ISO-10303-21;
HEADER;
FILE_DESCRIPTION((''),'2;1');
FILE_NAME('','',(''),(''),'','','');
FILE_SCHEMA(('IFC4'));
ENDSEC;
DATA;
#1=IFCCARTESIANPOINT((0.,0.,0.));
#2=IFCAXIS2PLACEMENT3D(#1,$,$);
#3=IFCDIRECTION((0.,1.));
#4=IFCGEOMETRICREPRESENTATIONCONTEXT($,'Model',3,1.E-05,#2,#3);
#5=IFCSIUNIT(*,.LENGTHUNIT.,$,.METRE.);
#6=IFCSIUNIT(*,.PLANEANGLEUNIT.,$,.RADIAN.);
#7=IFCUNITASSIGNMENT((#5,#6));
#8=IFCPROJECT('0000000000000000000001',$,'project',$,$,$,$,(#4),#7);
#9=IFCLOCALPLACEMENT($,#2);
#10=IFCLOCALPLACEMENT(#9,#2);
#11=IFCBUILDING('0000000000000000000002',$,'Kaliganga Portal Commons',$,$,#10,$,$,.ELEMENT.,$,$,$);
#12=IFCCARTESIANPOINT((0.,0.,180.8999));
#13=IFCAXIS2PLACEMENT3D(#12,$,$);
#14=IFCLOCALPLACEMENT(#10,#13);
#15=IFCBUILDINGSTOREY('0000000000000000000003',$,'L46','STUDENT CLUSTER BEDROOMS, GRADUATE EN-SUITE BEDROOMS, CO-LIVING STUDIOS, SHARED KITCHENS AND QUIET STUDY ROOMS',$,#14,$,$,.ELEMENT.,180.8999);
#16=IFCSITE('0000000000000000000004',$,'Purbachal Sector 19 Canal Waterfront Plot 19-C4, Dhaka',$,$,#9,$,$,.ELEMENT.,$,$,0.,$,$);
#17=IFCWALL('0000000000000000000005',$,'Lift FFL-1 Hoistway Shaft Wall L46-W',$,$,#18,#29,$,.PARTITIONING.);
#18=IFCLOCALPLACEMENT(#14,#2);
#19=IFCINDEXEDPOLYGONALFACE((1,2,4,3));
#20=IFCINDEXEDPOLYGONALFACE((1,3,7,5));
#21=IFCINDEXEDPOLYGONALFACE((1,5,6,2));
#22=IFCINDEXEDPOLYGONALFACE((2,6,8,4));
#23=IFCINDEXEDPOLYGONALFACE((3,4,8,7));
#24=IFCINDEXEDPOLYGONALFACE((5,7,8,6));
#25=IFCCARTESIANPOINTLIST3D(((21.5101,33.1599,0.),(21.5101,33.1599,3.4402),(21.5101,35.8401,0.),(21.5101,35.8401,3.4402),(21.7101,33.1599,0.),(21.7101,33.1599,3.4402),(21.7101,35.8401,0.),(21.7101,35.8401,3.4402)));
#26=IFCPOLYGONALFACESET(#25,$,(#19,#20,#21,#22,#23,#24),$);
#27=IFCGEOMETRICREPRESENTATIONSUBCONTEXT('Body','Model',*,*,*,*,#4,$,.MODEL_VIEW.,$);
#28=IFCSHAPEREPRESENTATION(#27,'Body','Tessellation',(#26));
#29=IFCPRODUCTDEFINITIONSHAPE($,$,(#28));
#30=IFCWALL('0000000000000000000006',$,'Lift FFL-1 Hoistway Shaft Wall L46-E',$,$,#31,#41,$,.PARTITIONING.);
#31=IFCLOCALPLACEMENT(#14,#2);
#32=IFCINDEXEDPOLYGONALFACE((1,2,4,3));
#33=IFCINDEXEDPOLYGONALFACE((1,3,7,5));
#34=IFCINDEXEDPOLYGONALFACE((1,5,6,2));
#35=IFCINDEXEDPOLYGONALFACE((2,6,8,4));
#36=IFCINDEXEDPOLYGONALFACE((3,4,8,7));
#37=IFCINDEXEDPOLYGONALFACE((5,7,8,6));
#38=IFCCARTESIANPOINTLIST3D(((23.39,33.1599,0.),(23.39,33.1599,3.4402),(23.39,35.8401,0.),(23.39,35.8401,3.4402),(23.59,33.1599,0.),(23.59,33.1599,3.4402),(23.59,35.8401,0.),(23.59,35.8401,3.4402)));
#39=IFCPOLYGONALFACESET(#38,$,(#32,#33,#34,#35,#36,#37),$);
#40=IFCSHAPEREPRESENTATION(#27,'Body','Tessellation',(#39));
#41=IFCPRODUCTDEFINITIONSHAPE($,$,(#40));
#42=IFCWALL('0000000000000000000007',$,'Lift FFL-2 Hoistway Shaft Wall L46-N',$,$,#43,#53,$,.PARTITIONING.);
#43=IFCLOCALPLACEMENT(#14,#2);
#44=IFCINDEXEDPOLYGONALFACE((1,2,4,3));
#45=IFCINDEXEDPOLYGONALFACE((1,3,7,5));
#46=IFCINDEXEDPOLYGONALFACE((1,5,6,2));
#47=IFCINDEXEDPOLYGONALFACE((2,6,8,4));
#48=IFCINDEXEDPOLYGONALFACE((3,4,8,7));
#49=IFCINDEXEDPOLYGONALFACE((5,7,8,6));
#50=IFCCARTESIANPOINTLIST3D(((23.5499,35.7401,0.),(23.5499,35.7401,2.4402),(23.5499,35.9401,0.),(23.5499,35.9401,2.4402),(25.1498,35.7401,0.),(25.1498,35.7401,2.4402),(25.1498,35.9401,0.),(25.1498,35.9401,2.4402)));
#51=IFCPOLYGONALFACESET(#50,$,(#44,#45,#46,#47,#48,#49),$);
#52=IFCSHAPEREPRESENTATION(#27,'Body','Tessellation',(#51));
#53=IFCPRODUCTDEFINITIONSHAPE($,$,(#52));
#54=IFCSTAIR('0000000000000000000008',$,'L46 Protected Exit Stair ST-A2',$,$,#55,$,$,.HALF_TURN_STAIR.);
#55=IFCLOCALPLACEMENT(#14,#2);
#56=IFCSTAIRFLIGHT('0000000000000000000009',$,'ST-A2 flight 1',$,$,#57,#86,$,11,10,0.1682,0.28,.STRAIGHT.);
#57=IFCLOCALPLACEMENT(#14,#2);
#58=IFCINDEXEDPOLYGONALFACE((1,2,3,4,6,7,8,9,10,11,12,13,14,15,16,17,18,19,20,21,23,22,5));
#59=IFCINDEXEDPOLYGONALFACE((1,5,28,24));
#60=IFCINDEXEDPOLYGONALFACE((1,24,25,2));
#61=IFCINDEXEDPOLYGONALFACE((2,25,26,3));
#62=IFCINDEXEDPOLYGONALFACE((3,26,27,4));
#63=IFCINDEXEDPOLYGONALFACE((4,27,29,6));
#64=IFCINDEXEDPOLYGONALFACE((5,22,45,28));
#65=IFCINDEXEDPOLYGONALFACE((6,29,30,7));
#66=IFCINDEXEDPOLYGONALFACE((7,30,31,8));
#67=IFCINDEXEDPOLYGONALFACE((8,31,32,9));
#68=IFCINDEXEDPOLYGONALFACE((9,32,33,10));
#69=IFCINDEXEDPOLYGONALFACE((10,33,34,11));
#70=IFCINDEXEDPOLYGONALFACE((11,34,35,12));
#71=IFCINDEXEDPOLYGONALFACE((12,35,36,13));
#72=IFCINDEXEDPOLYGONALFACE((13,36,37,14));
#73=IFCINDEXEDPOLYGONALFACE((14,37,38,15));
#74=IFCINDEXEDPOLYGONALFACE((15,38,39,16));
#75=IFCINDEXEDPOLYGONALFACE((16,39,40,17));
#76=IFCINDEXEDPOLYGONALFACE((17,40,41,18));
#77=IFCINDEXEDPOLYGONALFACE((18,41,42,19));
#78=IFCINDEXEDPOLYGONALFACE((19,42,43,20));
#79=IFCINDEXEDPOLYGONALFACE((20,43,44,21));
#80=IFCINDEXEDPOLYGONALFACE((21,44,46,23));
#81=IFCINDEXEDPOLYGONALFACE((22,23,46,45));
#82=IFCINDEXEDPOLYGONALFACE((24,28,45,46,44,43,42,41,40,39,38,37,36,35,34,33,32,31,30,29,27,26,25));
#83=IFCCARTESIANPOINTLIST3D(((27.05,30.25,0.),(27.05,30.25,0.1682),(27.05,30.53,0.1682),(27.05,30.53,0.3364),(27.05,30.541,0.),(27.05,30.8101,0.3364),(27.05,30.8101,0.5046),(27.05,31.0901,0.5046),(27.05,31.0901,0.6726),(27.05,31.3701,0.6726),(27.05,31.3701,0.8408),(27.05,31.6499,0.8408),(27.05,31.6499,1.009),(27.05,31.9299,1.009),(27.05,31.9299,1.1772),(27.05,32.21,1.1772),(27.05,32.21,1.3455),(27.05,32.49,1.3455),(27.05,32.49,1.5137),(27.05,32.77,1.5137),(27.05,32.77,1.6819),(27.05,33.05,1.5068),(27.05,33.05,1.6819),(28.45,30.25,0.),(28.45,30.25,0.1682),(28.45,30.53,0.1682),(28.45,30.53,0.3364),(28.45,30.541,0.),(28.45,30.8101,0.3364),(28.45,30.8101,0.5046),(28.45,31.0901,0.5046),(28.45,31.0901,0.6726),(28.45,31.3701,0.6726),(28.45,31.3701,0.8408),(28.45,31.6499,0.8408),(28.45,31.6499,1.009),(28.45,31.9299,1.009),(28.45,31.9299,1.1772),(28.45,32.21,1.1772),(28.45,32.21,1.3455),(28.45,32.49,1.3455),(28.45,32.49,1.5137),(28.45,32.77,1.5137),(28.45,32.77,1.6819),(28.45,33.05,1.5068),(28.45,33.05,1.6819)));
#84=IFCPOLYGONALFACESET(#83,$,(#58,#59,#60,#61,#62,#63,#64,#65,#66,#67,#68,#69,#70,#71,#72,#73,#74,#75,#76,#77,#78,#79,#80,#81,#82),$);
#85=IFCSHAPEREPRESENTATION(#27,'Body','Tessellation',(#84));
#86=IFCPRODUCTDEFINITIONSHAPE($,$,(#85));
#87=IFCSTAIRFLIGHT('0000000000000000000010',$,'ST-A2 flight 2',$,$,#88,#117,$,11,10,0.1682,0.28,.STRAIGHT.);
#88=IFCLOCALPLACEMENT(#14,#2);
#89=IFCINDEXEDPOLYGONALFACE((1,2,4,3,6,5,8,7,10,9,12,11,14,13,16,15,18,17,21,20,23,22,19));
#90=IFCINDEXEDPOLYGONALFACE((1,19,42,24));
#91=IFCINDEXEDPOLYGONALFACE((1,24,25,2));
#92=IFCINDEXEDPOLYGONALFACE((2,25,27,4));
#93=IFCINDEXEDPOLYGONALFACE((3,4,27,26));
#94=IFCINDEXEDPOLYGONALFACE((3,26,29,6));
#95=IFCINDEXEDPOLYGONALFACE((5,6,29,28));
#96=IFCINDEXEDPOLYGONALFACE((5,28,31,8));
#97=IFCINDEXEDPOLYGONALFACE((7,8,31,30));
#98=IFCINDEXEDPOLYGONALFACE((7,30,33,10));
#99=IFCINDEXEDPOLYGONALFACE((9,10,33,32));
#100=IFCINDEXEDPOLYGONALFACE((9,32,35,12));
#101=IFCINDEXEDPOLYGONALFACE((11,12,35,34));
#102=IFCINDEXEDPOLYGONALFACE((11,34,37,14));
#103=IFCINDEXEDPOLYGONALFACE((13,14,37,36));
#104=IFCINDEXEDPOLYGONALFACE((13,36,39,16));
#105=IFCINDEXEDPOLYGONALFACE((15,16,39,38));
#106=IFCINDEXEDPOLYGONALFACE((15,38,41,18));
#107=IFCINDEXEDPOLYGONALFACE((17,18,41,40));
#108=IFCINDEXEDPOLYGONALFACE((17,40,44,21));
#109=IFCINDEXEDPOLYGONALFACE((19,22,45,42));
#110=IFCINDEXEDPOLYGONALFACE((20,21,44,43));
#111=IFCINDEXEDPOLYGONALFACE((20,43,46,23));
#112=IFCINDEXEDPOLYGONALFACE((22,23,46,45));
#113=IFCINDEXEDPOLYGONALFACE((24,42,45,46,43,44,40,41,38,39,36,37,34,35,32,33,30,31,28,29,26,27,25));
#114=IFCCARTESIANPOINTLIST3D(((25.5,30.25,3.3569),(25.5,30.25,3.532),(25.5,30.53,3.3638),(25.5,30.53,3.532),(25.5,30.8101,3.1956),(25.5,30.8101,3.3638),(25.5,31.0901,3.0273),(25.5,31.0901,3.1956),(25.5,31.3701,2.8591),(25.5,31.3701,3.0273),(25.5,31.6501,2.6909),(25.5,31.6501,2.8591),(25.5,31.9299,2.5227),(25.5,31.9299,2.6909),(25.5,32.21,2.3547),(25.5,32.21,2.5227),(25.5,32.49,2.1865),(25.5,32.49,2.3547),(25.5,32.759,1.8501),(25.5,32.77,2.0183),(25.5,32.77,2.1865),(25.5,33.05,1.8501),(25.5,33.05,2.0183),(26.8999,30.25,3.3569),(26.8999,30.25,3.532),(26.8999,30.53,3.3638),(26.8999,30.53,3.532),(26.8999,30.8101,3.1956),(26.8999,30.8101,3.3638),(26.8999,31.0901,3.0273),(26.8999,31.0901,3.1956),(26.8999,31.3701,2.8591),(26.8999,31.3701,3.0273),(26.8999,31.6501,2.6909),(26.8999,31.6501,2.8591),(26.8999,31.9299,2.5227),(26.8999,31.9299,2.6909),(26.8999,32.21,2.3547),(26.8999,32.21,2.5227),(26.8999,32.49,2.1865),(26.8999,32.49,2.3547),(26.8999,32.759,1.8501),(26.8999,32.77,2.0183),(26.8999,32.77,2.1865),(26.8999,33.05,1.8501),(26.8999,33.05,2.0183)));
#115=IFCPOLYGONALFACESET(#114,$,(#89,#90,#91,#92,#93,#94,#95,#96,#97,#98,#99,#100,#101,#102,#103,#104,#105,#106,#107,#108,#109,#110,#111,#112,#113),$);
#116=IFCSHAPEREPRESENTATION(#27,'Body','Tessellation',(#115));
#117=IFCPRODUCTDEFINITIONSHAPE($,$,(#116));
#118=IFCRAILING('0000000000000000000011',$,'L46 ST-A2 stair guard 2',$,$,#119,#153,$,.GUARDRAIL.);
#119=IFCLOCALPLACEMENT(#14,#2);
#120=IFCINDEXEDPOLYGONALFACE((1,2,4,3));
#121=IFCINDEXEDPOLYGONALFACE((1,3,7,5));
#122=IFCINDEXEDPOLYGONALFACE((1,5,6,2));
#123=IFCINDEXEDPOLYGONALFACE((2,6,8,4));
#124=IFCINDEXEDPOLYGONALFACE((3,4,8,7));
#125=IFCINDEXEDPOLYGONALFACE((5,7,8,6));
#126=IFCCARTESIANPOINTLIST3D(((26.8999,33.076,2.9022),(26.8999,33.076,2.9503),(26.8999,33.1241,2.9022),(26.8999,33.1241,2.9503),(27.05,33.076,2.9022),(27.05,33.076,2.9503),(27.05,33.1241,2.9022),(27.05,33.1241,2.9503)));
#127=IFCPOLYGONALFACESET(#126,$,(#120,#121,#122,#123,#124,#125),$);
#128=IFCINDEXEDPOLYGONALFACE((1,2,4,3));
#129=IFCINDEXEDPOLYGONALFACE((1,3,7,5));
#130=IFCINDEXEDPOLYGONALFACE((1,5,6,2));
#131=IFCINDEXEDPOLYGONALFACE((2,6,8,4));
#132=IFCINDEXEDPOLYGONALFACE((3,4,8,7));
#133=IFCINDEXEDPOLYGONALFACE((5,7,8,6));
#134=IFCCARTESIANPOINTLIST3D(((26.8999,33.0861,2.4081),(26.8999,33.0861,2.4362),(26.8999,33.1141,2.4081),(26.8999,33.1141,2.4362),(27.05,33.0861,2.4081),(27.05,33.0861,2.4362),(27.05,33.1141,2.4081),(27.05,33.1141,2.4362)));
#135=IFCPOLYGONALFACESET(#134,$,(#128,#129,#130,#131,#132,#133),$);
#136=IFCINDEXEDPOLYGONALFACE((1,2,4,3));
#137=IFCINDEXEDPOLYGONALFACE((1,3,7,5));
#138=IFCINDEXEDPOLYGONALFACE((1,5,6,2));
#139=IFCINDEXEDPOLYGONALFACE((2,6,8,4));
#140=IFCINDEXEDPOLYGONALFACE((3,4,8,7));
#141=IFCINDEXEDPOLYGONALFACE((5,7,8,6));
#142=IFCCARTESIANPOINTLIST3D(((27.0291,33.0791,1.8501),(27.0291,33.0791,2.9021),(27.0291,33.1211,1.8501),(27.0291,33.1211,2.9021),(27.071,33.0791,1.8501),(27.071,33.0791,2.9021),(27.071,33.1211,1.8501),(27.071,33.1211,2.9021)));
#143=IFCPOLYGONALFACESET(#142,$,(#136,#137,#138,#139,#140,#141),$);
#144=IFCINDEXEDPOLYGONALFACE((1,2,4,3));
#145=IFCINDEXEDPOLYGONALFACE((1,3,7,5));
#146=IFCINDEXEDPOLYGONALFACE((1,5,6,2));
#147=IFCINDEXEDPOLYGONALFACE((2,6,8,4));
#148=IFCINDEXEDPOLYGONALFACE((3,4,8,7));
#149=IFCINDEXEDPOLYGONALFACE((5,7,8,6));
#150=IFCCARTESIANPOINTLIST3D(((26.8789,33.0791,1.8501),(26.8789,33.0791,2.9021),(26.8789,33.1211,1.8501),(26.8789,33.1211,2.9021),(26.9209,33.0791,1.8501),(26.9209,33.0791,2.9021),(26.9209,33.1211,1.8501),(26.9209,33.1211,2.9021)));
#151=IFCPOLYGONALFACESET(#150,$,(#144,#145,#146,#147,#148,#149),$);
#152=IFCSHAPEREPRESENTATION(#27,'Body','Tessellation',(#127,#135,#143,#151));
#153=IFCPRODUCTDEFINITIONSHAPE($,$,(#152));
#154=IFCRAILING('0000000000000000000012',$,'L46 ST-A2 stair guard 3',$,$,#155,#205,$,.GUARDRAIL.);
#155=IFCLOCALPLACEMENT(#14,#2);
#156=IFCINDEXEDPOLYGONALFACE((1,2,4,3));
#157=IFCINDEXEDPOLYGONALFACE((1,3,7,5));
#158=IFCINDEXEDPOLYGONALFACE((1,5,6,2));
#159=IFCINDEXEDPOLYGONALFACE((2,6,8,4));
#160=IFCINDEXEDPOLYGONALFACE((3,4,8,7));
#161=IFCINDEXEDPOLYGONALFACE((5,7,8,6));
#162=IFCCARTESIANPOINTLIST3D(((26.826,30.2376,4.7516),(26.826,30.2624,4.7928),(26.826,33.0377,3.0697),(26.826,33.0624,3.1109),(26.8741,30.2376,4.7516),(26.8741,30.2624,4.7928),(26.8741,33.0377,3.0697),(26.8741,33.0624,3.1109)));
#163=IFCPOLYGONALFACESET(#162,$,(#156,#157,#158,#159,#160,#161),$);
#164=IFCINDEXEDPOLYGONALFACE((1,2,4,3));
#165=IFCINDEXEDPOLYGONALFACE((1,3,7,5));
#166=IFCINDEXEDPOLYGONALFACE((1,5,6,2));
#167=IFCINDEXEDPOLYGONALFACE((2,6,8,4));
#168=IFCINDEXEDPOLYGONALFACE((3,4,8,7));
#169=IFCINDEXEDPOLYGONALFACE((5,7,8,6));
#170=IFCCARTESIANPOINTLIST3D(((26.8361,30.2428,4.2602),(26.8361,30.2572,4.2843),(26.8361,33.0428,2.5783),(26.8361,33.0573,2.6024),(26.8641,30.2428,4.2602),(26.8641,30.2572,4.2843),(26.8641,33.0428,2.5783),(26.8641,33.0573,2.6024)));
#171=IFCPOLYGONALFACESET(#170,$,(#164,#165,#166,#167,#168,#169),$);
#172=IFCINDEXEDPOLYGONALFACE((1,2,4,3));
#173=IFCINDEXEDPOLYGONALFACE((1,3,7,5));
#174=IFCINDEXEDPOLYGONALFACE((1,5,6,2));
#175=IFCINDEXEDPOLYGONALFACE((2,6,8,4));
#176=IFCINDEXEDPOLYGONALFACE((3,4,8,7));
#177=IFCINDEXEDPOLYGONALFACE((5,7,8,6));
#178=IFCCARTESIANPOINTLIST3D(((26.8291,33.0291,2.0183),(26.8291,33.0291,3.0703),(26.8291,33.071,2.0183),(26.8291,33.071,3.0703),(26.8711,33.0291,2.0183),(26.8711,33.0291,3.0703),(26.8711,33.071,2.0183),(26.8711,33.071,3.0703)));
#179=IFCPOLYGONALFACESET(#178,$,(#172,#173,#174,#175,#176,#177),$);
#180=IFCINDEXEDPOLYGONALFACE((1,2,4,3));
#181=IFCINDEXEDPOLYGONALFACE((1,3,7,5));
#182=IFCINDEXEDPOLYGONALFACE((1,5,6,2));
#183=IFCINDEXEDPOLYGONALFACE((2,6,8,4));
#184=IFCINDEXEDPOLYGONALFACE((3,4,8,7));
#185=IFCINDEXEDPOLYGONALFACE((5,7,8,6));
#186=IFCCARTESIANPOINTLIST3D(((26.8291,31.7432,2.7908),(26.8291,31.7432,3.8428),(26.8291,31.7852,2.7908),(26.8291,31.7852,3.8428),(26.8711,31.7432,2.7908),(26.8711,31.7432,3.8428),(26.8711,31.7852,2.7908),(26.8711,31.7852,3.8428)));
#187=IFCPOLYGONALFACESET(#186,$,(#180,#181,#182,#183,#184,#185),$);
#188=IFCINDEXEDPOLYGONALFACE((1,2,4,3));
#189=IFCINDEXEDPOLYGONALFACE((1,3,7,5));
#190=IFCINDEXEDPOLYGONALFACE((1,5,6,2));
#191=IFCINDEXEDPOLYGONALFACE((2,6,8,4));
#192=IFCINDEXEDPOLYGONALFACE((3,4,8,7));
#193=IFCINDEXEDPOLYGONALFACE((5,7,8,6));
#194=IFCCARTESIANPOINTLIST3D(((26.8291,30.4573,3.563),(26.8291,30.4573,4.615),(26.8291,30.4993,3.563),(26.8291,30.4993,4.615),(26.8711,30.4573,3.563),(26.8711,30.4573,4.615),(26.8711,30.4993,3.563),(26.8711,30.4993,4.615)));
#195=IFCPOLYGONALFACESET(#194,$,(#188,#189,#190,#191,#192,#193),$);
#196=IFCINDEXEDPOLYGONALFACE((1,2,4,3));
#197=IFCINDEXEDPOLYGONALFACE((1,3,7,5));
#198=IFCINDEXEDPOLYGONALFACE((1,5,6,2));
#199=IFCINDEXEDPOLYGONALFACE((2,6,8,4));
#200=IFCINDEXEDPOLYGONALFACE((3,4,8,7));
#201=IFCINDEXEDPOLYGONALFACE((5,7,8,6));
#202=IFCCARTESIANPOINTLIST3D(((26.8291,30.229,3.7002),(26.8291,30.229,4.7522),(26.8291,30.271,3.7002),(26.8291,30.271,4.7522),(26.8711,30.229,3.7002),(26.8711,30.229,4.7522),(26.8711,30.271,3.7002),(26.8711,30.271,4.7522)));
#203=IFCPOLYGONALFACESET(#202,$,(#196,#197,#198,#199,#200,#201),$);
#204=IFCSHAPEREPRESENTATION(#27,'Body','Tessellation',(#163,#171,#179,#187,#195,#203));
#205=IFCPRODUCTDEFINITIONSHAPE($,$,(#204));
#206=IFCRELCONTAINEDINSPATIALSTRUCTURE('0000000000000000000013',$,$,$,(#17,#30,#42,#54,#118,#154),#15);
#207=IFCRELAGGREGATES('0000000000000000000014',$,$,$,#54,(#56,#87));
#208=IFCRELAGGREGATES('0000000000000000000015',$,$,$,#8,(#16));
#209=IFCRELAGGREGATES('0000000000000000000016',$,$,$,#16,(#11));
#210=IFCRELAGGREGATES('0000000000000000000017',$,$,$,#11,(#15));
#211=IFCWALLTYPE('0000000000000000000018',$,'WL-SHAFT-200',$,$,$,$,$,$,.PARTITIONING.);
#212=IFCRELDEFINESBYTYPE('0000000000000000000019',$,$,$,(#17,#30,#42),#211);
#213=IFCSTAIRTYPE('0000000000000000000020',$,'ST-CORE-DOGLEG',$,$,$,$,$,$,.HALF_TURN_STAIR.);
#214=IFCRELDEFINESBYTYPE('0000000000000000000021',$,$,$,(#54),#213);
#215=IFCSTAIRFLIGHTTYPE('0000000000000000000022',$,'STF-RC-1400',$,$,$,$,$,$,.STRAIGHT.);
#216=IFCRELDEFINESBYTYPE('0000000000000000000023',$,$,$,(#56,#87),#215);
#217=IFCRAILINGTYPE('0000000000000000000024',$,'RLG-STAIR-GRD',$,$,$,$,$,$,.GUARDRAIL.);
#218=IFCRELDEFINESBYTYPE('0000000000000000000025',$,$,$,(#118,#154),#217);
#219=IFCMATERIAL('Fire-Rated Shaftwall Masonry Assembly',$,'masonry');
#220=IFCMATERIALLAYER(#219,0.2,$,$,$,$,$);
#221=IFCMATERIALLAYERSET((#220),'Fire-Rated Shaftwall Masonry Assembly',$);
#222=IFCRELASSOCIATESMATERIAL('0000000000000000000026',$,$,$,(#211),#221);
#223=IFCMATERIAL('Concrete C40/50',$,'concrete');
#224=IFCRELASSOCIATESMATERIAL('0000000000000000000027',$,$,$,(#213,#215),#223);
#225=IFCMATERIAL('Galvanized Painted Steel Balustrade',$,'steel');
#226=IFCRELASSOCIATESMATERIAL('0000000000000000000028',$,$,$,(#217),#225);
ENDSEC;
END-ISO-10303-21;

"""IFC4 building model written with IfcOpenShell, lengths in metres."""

from ifc_helpers import new_model, si_unit, direction, frame, frame_2d, origin, origin_2d, place, context, subcontext, project, spatial, polyline, rectangle, outline, extrude, material, layer, layer_set, type_object, element, aggregate, save


model = new_model("IFC4")

# Units and contexts
model_context = context("Model", 3, precision=1e-05, world=origin(), true_north=direction((0.0, 1.0)))
body_context = subcontext(model_context, "Body", "Model", "MODEL_VIEW")
ifc_project = project(units=[si_unit("LENGTHUNIT", "METRE"), si_unit("PLANEANGLEUNIT", "RADIAN")], contexts=[model_context])

# Site, building, storey
site_placement = place(None, origin())
site = spatial("IfcSite", under=ifc_project, at=site_placement, Name="Purbachal Sector 19 Canal Waterfront Plot 19-C4, Dhaka", CompositionType="ELEMENT", RefElevation=0.0)
building_placement = place(site_placement, origin())
building = spatial("IfcBuilding", under=site, at=building_placement, Name="Kaliganga Portal Commons", CompositionType="ELEMENT")
storey_placement = place(building_placement, frame((0.0, 0.0, 180.8999)))
storey = spatial("IfcBuildingStorey", under=building, at=storey_placement, Name="L46", Description="STUDENT CLUSTER BEDROOMS, GRADUATE EN-SUITE BEDROOMS, CO-LIVING STUDIOS, SHARED KITCHENS AND QUIET STUDY ROOMS", CompositionType="ELEMENT", Elevation=180.8999)

# Shared definitions
ifc_material_1 = material(Name="Fire-Rated Shaftwall Masonry Assembly", Category="masonry")
ifc_layer_1 = layer(ifc_material_1, 0.2)
ifc_layer_set_1 = layer_set([ifc_layer_1], Name="Fire-Rated Shaftwall Masonry Assembly")
wall_type_1 = type_object("IfcWallType", Name="WL-SHAFT-200", PredefinedType="PARTITIONING", material=ifc_layer_set_1)

# Walls
for number, where, z_axis, x_axis, name in (
    (1, (21.6101, 33.1599, 0.0), (0.0, 0.0, 1.0), (0.0, 1.0, 0.0), "Lift FFL-1 Hoistway Shaft Wall L46-W"),
    (2, (23.49, 33.1599, 0.0), (0.0, 0.0, 1.0), (0.0, 1.0, 0.0), "Lift FFL-1 Hoistway Shaft Wall L46-E"),
):
    element("IfcWall", number, at=place(storey_placement, frame(where, z_axis=z_axis, x_axis=x_axis)), inside=storey, type_object=wall_type_1, Name=name, PredefinedType="PARTITIONING", context=body_context, shape_type="SweptSolid", body=[
        extrude(rectangle(XDim=2.6802, YDim=0.2, at=frame_2d((1.3401, 0.0))), origin(), (0.0, 0.0, 1.0), 3.4402),
    ])

# Wall
wall_1_placement = place(storey_placement, frame((23.55, 35.8401, 0.0), z_axis=(0.0, 0.0, 1.0), x_axis=(1.0, 0.0, 0.0)))
element("IfcWall", 3, at=wall_1_placement, inside=storey, type_object=wall_type_1, Name="Lift FFL-2 Hoistway Shaft Wall L46-N", PredefinedType="PARTITIONING", context=body_context, shape_type="SweptSolid", body=[
    extrude(rectangle(XDim=1.5999, YDim=0.2, at=frame_2d((0.7998, 0.0))), origin(), (0.0, 0.0, 1.0), 2.4402),
])

# Stair, stair flights
ifc_material_2 = material(Name="Concrete C40/50", Category="concrete")
stair_type = type_object("IfcStairType", Name="ST-CORE-DOGLEG", PredefinedType="HALF_TURN_STAIR", material=ifc_material_2)
stair_placement = place(storey_placement, origin())
stair = element("IfcStair", 4, at=stair_placement, inside=storey, type_object=stair_type, Name="L46 Protected Exit Stair ST-A2", PredefinedType="HALF_TURN_STAIR")
stair_flight_type = type_object("IfcStairFlightType", Name="STF-RC-1400", PredefinedType="STRAIGHT", material=ifc_material_2)
stair_flight_1_placement = place(storey_placement, frame((27.75, 30.25, 0.0), z_axis=(0.0, 0.0, 1.0), x_axis=(0.0, 1.0, 0.0)))
stair_flight_1 = element("IfcStairFlight", 5, at=stair_flight_1_placement, type_object=stair_flight_type, Name="ST-A2 flight 1", NumberOfRisers=11, NumberOfTreads=10, PredefinedType="STRAIGHT", RiserHeight=0.1682, TreadLength=0.28, context=body_context, shape_type="SweptSolid", body=[
    extrude(outline(polyline([(0.0, 0.0), (0.0, 0.1682), (0.28, 0.1682), (0.28, 0.3364), (0.5601, 0.3364), (0.5601, 0.5046), (0.8401, 0.5046), (0.8401, 0.6726), (1.1201, 0.6726), (1.1201, 0.8408), (1.3999, 0.8408), (1.3999, 1.009), (1.6799, 1.009), (1.6799, 1.1772), (1.96, 1.1772), (1.96, 1.3455), (2.24, 1.3455), (2.24, 1.5137), (2.52, 1.5137), (2.52, 1.6819), (2.8, 1.6819), (2.8, 1.8501), (2.8, 1.5068), (0.291, 0.0), (0.0, 0.0)])), frame((0.0, 0.7, 0.0), z_axis=(0.0, -1.0, 0.0), x_axis=(1.0, 0.0, 0.0)), (0.0, 0.0, 1.0), 1.3999),
])
stair_flight_2_placement = place(storey_placement, frame((26.2, 33.05, 1.8501), z_axis=(0.0, 0.0, 1.0), x_axis=(0.0, -1.0, 0.0)))
stair_flight_2 = element("IfcStairFlight", 6, at=stair_flight_2_placement, type_object=stair_flight_type, Name="ST-A2 flight 2", NumberOfRisers=11, NumberOfTreads=10, PredefinedType="STRAIGHT", RiserHeight=0.1682, TreadLength=0.28, context=body_context, shape_type="SweptSolid", body=[
    extrude(outline(polyline([(0.0, 0.0), (0.0, 0.1682), (0.28, 0.1682), (0.28, 0.3364), (0.5601, 0.3364), (0.5601, 0.5046), (0.8401, 0.5046), (0.8401, 0.6726), (1.1201, 0.6726), (1.1201, 0.8408), (1.3999, 0.8408), (1.3999, 1.009), (1.6799, 1.009), (1.6799, 1.1772), (1.96, 1.1772), (1.96, 1.3455), (2.24, 1.3455), (2.24, 1.5137), (2.52, 1.5137), (2.52, 1.6819), (2.8, 1.6819), (2.8, 1.8501), (2.8, 1.5068), (0.291, 0.0), (0.0, 0.0)])), frame((0.0, 0.7, 0.0), z_axis=(0.0, -1.0, 0.0), x_axis=(1.0, 0.0, 0.0)), (0.0, 0.0, 1.0), 1.3999),
])
aggregate(stair, [stair_flight_1, stair_flight_2])

# Railings
ifc_material_3 = material(Name="Galvanized Painted Steel Balustrade", Category="steel")
railing_type_1 = type_object("IfcRailingType", Name="RLG-STAIR-GRD", PredefinedType="GUARDRAIL", material=ifc_material_3)
railing_1_placement = place(storey_placement, frame((27.05, 33.1001, 1.8501)))
element("IfcRailing", 7, at=railing_1_placement, inside=storey, type_object=railing_type_1, Name="L46 ST-A2 stair guard 2", PredefinedType="GUARDRAIL", context=body_context, shape_type="SweptSolid", body=[
    extrude(rectangle(XDim=0.0481, YDim=0.0481, at=origin_2d()), frame((0.0, 0.0, 1.0762), z_axis=(-1.0, 0.0, 0.0), x_axis=(0.0, -1.0, 0.0)), (0.0, 0.0, 1.0), 0.1501),
    extrude(rectangle(XDim=0.0281, YDim=0.0281, at=origin_2d()), frame((0.0, 0.0, 0.572), z_axis=(-1.0, 0.0, 0.0), x_axis=(0.0, -1.0, 0.0)), (0.0, 0.0, 1.0), 0.1501),
    extrude(rectangle(XDim=0.042, YDim=0.042, at=origin_2d()), origin(), (0.0, 0.0, 1.0), 1.052),
    extrude(rectangle(XDim=0.042, YDim=0.042, at=origin_2d()), frame((-0.1501, 0.0, 0.0)), (0.0, 0.0, 1.0), 1.052),
])
railing_2_placement = place(storey_placement, frame((26.8501, 33.05, 2.0183)))
element("IfcRailing", 8, at=railing_2_placement, inside=storey, type_object=railing_type_1, Name="L46 ST-A2 stair guard 3", PredefinedType="GUARDRAIL", context=body_context, shape_type="SweptSolid", body=[
    extrude(rectangle(XDim=0.0481, YDim=0.0481, at=origin_2d()), frame((0.0, 0.0, 1.072), z_axis=(0.0, -0.857242, 0.514913), x_axis=(1.0, 0.0, 0.0)), (0.0, 0.0, 1.0), 3.2664),
    extrude(rectangle(XDim=0.0281, YDim=0.0281, at=origin_2d()), frame((0.0, 0.0, 0.572), z_axis=(0.0, -0.857242, 0.514913), x_axis=(1.0, 0.0, 0.0)), (0.0, 0.0, 1.0), 3.2664),
    extrude(rectangle(XDim=0.042, YDim=0.042, at=origin_2d()), origin(), (0.0, 0.0, 1.0), 1.052),
    extrude(rectangle(XDim=0.042, YDim=0.042, at=origin_2d()), frame((0.0, -1.2859, 0.7725)), (0.0, 0.0, 1.0), 1.052),
    extrude(rectangle(XDim=0.042, YDim=0.042, at=origin_2d()), frame((0.0, -2.5718, 1.5447)), (0.0, 0.0, 1.0), 1.052),
    extrude(rectangle(XDim=0.042, YDim=0.042, at=origin_2d()), frame((0.0, -2.8, 1.6819)), (0.0, 0.0, 1.0), 1.052),
])

save(model, "model.ifc")
